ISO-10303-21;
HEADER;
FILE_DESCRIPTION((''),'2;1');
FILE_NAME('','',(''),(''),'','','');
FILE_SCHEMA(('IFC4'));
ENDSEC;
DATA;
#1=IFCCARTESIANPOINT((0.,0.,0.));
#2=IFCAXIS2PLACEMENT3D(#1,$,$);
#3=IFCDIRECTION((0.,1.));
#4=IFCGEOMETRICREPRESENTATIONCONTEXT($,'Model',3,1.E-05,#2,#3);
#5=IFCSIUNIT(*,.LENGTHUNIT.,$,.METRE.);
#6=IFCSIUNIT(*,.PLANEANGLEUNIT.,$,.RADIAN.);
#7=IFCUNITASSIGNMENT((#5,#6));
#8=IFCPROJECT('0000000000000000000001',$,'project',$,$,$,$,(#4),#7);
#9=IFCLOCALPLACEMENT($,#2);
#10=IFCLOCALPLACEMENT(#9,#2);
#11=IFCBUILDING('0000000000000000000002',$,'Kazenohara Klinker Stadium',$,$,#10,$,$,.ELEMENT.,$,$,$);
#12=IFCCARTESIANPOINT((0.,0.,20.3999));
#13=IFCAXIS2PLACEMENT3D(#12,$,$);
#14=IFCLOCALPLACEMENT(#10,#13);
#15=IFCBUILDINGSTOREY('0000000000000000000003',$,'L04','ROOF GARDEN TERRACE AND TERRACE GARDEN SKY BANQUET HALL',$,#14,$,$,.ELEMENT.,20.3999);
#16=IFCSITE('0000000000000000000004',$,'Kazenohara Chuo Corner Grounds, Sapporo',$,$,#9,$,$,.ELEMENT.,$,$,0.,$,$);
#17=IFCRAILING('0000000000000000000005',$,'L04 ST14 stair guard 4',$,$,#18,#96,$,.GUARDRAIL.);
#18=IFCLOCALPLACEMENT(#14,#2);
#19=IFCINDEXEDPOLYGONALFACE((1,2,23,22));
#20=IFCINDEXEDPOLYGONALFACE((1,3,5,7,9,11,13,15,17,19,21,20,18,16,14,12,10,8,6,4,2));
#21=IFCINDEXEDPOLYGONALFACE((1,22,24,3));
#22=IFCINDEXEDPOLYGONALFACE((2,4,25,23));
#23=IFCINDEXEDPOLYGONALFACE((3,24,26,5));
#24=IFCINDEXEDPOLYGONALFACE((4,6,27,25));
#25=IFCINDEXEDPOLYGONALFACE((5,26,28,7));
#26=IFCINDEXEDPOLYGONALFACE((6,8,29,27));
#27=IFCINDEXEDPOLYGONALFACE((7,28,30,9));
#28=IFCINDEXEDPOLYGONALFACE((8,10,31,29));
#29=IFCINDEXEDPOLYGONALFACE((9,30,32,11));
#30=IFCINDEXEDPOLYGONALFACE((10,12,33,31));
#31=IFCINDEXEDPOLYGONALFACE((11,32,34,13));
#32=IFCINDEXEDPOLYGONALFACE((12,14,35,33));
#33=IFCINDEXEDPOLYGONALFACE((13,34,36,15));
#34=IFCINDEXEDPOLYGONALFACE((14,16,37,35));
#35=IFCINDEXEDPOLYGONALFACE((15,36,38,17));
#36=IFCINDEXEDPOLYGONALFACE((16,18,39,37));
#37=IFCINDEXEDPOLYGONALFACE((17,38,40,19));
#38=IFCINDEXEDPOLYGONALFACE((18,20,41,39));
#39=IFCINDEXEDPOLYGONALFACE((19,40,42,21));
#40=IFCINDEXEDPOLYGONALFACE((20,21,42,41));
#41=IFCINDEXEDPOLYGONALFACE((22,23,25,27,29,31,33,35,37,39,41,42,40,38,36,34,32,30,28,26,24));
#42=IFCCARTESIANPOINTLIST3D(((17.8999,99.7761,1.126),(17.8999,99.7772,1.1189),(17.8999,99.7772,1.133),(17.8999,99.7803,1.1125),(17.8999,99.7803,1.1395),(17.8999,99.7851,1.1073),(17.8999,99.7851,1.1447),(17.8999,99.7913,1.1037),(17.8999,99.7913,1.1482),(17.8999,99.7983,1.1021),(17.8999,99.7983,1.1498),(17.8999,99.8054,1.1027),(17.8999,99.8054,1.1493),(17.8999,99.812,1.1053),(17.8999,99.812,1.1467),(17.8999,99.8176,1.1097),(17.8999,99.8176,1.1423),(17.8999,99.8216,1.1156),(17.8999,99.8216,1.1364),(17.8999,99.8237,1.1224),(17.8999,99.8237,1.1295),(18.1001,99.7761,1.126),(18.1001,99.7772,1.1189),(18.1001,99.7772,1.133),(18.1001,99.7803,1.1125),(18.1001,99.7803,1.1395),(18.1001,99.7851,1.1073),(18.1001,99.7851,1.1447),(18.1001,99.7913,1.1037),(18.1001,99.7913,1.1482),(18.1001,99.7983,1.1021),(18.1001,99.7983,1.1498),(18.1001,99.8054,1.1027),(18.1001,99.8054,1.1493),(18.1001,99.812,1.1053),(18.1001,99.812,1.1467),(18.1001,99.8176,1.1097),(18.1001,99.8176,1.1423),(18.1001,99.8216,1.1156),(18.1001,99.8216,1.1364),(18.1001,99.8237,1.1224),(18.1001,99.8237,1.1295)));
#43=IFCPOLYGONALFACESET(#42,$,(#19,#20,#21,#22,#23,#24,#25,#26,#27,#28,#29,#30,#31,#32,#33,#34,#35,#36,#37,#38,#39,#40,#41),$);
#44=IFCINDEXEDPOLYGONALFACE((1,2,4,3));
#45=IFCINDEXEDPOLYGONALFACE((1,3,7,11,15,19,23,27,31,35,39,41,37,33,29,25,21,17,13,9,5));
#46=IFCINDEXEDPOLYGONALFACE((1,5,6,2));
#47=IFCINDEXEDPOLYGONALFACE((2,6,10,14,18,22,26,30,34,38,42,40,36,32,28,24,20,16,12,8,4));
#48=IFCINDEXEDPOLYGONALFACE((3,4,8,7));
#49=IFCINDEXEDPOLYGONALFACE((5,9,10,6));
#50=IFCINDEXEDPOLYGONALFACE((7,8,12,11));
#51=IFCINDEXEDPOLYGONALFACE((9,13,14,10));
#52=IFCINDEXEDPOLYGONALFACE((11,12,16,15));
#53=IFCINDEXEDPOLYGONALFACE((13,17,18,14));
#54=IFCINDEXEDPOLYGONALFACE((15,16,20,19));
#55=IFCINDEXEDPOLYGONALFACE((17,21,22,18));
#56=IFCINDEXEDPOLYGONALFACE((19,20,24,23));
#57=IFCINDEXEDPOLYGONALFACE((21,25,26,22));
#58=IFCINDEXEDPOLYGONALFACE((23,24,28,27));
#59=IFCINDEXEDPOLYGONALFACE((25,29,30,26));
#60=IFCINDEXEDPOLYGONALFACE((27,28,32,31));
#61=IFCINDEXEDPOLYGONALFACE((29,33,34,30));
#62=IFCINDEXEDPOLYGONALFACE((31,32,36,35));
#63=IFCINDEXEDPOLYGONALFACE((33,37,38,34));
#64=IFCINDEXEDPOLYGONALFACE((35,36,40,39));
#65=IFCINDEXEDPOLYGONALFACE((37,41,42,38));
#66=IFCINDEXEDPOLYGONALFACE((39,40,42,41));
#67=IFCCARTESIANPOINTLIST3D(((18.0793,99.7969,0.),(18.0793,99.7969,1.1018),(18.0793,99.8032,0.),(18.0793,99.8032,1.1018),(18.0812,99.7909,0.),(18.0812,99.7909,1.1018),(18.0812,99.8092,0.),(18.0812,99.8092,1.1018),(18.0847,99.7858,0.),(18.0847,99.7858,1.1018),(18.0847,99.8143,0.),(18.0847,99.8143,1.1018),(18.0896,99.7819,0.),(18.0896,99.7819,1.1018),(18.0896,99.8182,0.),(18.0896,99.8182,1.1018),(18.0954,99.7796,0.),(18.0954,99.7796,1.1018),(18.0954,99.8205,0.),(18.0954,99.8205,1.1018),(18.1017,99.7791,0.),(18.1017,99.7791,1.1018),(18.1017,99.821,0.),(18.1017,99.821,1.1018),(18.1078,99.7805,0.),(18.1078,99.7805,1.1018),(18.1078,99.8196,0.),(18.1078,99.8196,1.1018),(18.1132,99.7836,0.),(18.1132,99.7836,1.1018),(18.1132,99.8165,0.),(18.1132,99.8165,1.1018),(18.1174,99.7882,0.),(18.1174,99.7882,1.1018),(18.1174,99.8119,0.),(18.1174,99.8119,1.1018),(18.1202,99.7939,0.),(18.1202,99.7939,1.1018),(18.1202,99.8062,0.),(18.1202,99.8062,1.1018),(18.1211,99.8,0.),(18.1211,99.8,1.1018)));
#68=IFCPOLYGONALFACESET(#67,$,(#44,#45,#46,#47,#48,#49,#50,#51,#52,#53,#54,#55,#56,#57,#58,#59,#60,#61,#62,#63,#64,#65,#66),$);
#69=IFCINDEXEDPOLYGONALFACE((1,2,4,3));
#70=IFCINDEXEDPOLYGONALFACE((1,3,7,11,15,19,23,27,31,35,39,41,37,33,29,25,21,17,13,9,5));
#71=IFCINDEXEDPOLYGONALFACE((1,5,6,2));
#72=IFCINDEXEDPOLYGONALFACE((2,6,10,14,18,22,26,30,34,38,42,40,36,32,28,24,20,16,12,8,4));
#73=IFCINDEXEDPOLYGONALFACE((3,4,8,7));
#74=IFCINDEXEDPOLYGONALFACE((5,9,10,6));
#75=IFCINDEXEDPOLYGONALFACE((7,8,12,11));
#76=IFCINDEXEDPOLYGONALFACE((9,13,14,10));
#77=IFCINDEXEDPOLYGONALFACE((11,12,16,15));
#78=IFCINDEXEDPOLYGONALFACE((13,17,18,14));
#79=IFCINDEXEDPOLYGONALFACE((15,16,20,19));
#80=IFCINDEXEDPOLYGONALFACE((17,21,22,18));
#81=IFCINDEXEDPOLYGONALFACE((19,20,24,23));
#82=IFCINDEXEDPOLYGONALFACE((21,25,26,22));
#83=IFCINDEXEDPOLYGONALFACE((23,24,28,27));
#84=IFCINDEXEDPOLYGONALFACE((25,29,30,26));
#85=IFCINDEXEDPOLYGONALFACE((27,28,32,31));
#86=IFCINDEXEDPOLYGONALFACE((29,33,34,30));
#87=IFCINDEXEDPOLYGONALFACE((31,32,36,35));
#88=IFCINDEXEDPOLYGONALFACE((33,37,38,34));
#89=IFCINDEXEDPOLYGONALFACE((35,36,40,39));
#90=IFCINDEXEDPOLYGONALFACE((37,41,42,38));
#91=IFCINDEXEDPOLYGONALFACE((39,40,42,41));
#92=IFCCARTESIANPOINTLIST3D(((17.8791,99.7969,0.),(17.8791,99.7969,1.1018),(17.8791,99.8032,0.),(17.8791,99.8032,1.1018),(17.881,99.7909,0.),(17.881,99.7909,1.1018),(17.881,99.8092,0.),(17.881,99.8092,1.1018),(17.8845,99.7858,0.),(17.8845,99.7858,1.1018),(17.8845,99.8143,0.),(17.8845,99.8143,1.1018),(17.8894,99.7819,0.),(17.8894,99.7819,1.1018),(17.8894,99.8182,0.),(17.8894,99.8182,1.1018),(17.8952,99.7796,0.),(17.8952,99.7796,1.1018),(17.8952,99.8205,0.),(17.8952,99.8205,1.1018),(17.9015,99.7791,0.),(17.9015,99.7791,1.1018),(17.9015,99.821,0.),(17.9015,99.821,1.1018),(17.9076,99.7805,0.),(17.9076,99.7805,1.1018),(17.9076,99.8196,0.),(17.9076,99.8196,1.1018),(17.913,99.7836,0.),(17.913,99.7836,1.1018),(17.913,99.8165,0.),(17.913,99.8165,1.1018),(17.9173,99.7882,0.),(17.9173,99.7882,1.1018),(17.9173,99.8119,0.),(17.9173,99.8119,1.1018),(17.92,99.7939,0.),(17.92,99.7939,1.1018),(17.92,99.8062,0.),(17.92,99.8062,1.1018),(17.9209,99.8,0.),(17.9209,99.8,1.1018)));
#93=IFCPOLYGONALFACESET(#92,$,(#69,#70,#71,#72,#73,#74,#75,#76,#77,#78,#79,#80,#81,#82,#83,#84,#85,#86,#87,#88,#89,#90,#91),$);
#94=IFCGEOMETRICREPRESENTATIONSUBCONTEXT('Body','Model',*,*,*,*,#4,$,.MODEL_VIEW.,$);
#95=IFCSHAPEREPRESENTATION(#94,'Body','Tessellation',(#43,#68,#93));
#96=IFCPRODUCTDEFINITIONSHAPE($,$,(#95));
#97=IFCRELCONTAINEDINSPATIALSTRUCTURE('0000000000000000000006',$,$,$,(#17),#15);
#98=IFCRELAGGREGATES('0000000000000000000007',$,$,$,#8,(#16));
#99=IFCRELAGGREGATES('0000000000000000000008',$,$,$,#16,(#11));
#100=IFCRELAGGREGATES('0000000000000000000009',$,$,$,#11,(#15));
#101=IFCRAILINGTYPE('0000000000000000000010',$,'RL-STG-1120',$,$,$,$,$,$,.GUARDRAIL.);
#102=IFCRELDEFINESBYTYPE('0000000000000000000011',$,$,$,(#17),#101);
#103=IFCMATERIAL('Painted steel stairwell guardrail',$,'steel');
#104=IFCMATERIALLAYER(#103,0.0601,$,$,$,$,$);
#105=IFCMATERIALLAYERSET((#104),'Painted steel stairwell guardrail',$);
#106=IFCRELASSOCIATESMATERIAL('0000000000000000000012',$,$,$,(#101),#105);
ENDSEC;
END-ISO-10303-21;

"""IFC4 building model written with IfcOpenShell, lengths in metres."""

from ifc_helpers import new_model, si_unit, direction, frame, origin, origin_2d, place, context, subcontext, project, spatial, circle, extrude, material, layer, layer_set, type_object, element, save


model = new_model("IFC4")

# Units and contexts
model_context = context("Model", 3, precision=1e-05, world=origin(), true_north=direction((0.0, 1.0)))
body_context = subcontext(model_context, "Body", "Model", "MODEL_VIEW")
ifc_project = project(units=[si_unit("LENGTHUNIT", "METRE"), si_unit("PLANEANGLEUNIT", "RADIAN")], contexts=[model_context])

# Site, building, storey
site_placement = place(None, origin())
site = spatial("IfcSite", under=ifc_project, at=site_placement, Name="Kazenohara Chuo Corner Grounds, Sapporo", CompositionType="ELEMENT", RefElevation=0.0)
building_placement = place(site_placement, origin())
building = spatial("IfcBuilding", under=site, at=building_placement, Name="Kazenohara Klinker Stadium", CompositionType="ELEMENT")
storey_placement = place(building_placement, frame((0.0, 0.0, 20.3999)))
storey = spatial("IfcBuildingStorey", under=building, at=storey_placement, Name="L04", Description="ROOF GARDEN TERRACE AND TERRACE GARDEN SKY BANQUET HALL", CompositionType="ELEMENT", Elevation=20.3999)

# Railing
ifc_material_1 = material(Name="Painted steel stairwell guardrail", Category="steel")
ifc_layer_1 = layer(ifc_material_1, 0.0601)
ifc_layer_set_1 = layer_set([ifc_layer_1], Name="Painted steel stairwell guardrail")
railing_type_1 = type_object("IfcRailingType", Name="RL-STG-1120", PredefinedType="GUARDRAIL", material=ifc_layer_set_1)
railing_1_placement = place(storey_placement, frame((18.1001, 99.8, 0.0)))
element("IfcRailing", 1, at=railing_1_placement, inside=storey, type_object=railing_type_1, Name="L04 ST14 stair guard 4", PredefinedType="GUARDRAIL", context=body_context, shape_type="SweptSolid", body=[
    extrude(circle(Radius=0.0239, at=origin_2d()), frame((0.0, 0.0, 1.126), z_axis=(-1.0, 0.0, 0.0), x_axis=(0.0, -1.0, 0.0)), (0.0, 0.0, 1.0), 0.2002),
    extrude(circle(Radius=0.021, at=origin_2d()), origin(), (0.0, 0.0, 1.0), 1.1018),
    extrude(circle(Radius=0.021, at=origin_2d()), frame((-0.2002, 0.0, 0.0)), (0.0, 0.0, 1.0), 1.1018),
])

save(model, "model.ifc")
